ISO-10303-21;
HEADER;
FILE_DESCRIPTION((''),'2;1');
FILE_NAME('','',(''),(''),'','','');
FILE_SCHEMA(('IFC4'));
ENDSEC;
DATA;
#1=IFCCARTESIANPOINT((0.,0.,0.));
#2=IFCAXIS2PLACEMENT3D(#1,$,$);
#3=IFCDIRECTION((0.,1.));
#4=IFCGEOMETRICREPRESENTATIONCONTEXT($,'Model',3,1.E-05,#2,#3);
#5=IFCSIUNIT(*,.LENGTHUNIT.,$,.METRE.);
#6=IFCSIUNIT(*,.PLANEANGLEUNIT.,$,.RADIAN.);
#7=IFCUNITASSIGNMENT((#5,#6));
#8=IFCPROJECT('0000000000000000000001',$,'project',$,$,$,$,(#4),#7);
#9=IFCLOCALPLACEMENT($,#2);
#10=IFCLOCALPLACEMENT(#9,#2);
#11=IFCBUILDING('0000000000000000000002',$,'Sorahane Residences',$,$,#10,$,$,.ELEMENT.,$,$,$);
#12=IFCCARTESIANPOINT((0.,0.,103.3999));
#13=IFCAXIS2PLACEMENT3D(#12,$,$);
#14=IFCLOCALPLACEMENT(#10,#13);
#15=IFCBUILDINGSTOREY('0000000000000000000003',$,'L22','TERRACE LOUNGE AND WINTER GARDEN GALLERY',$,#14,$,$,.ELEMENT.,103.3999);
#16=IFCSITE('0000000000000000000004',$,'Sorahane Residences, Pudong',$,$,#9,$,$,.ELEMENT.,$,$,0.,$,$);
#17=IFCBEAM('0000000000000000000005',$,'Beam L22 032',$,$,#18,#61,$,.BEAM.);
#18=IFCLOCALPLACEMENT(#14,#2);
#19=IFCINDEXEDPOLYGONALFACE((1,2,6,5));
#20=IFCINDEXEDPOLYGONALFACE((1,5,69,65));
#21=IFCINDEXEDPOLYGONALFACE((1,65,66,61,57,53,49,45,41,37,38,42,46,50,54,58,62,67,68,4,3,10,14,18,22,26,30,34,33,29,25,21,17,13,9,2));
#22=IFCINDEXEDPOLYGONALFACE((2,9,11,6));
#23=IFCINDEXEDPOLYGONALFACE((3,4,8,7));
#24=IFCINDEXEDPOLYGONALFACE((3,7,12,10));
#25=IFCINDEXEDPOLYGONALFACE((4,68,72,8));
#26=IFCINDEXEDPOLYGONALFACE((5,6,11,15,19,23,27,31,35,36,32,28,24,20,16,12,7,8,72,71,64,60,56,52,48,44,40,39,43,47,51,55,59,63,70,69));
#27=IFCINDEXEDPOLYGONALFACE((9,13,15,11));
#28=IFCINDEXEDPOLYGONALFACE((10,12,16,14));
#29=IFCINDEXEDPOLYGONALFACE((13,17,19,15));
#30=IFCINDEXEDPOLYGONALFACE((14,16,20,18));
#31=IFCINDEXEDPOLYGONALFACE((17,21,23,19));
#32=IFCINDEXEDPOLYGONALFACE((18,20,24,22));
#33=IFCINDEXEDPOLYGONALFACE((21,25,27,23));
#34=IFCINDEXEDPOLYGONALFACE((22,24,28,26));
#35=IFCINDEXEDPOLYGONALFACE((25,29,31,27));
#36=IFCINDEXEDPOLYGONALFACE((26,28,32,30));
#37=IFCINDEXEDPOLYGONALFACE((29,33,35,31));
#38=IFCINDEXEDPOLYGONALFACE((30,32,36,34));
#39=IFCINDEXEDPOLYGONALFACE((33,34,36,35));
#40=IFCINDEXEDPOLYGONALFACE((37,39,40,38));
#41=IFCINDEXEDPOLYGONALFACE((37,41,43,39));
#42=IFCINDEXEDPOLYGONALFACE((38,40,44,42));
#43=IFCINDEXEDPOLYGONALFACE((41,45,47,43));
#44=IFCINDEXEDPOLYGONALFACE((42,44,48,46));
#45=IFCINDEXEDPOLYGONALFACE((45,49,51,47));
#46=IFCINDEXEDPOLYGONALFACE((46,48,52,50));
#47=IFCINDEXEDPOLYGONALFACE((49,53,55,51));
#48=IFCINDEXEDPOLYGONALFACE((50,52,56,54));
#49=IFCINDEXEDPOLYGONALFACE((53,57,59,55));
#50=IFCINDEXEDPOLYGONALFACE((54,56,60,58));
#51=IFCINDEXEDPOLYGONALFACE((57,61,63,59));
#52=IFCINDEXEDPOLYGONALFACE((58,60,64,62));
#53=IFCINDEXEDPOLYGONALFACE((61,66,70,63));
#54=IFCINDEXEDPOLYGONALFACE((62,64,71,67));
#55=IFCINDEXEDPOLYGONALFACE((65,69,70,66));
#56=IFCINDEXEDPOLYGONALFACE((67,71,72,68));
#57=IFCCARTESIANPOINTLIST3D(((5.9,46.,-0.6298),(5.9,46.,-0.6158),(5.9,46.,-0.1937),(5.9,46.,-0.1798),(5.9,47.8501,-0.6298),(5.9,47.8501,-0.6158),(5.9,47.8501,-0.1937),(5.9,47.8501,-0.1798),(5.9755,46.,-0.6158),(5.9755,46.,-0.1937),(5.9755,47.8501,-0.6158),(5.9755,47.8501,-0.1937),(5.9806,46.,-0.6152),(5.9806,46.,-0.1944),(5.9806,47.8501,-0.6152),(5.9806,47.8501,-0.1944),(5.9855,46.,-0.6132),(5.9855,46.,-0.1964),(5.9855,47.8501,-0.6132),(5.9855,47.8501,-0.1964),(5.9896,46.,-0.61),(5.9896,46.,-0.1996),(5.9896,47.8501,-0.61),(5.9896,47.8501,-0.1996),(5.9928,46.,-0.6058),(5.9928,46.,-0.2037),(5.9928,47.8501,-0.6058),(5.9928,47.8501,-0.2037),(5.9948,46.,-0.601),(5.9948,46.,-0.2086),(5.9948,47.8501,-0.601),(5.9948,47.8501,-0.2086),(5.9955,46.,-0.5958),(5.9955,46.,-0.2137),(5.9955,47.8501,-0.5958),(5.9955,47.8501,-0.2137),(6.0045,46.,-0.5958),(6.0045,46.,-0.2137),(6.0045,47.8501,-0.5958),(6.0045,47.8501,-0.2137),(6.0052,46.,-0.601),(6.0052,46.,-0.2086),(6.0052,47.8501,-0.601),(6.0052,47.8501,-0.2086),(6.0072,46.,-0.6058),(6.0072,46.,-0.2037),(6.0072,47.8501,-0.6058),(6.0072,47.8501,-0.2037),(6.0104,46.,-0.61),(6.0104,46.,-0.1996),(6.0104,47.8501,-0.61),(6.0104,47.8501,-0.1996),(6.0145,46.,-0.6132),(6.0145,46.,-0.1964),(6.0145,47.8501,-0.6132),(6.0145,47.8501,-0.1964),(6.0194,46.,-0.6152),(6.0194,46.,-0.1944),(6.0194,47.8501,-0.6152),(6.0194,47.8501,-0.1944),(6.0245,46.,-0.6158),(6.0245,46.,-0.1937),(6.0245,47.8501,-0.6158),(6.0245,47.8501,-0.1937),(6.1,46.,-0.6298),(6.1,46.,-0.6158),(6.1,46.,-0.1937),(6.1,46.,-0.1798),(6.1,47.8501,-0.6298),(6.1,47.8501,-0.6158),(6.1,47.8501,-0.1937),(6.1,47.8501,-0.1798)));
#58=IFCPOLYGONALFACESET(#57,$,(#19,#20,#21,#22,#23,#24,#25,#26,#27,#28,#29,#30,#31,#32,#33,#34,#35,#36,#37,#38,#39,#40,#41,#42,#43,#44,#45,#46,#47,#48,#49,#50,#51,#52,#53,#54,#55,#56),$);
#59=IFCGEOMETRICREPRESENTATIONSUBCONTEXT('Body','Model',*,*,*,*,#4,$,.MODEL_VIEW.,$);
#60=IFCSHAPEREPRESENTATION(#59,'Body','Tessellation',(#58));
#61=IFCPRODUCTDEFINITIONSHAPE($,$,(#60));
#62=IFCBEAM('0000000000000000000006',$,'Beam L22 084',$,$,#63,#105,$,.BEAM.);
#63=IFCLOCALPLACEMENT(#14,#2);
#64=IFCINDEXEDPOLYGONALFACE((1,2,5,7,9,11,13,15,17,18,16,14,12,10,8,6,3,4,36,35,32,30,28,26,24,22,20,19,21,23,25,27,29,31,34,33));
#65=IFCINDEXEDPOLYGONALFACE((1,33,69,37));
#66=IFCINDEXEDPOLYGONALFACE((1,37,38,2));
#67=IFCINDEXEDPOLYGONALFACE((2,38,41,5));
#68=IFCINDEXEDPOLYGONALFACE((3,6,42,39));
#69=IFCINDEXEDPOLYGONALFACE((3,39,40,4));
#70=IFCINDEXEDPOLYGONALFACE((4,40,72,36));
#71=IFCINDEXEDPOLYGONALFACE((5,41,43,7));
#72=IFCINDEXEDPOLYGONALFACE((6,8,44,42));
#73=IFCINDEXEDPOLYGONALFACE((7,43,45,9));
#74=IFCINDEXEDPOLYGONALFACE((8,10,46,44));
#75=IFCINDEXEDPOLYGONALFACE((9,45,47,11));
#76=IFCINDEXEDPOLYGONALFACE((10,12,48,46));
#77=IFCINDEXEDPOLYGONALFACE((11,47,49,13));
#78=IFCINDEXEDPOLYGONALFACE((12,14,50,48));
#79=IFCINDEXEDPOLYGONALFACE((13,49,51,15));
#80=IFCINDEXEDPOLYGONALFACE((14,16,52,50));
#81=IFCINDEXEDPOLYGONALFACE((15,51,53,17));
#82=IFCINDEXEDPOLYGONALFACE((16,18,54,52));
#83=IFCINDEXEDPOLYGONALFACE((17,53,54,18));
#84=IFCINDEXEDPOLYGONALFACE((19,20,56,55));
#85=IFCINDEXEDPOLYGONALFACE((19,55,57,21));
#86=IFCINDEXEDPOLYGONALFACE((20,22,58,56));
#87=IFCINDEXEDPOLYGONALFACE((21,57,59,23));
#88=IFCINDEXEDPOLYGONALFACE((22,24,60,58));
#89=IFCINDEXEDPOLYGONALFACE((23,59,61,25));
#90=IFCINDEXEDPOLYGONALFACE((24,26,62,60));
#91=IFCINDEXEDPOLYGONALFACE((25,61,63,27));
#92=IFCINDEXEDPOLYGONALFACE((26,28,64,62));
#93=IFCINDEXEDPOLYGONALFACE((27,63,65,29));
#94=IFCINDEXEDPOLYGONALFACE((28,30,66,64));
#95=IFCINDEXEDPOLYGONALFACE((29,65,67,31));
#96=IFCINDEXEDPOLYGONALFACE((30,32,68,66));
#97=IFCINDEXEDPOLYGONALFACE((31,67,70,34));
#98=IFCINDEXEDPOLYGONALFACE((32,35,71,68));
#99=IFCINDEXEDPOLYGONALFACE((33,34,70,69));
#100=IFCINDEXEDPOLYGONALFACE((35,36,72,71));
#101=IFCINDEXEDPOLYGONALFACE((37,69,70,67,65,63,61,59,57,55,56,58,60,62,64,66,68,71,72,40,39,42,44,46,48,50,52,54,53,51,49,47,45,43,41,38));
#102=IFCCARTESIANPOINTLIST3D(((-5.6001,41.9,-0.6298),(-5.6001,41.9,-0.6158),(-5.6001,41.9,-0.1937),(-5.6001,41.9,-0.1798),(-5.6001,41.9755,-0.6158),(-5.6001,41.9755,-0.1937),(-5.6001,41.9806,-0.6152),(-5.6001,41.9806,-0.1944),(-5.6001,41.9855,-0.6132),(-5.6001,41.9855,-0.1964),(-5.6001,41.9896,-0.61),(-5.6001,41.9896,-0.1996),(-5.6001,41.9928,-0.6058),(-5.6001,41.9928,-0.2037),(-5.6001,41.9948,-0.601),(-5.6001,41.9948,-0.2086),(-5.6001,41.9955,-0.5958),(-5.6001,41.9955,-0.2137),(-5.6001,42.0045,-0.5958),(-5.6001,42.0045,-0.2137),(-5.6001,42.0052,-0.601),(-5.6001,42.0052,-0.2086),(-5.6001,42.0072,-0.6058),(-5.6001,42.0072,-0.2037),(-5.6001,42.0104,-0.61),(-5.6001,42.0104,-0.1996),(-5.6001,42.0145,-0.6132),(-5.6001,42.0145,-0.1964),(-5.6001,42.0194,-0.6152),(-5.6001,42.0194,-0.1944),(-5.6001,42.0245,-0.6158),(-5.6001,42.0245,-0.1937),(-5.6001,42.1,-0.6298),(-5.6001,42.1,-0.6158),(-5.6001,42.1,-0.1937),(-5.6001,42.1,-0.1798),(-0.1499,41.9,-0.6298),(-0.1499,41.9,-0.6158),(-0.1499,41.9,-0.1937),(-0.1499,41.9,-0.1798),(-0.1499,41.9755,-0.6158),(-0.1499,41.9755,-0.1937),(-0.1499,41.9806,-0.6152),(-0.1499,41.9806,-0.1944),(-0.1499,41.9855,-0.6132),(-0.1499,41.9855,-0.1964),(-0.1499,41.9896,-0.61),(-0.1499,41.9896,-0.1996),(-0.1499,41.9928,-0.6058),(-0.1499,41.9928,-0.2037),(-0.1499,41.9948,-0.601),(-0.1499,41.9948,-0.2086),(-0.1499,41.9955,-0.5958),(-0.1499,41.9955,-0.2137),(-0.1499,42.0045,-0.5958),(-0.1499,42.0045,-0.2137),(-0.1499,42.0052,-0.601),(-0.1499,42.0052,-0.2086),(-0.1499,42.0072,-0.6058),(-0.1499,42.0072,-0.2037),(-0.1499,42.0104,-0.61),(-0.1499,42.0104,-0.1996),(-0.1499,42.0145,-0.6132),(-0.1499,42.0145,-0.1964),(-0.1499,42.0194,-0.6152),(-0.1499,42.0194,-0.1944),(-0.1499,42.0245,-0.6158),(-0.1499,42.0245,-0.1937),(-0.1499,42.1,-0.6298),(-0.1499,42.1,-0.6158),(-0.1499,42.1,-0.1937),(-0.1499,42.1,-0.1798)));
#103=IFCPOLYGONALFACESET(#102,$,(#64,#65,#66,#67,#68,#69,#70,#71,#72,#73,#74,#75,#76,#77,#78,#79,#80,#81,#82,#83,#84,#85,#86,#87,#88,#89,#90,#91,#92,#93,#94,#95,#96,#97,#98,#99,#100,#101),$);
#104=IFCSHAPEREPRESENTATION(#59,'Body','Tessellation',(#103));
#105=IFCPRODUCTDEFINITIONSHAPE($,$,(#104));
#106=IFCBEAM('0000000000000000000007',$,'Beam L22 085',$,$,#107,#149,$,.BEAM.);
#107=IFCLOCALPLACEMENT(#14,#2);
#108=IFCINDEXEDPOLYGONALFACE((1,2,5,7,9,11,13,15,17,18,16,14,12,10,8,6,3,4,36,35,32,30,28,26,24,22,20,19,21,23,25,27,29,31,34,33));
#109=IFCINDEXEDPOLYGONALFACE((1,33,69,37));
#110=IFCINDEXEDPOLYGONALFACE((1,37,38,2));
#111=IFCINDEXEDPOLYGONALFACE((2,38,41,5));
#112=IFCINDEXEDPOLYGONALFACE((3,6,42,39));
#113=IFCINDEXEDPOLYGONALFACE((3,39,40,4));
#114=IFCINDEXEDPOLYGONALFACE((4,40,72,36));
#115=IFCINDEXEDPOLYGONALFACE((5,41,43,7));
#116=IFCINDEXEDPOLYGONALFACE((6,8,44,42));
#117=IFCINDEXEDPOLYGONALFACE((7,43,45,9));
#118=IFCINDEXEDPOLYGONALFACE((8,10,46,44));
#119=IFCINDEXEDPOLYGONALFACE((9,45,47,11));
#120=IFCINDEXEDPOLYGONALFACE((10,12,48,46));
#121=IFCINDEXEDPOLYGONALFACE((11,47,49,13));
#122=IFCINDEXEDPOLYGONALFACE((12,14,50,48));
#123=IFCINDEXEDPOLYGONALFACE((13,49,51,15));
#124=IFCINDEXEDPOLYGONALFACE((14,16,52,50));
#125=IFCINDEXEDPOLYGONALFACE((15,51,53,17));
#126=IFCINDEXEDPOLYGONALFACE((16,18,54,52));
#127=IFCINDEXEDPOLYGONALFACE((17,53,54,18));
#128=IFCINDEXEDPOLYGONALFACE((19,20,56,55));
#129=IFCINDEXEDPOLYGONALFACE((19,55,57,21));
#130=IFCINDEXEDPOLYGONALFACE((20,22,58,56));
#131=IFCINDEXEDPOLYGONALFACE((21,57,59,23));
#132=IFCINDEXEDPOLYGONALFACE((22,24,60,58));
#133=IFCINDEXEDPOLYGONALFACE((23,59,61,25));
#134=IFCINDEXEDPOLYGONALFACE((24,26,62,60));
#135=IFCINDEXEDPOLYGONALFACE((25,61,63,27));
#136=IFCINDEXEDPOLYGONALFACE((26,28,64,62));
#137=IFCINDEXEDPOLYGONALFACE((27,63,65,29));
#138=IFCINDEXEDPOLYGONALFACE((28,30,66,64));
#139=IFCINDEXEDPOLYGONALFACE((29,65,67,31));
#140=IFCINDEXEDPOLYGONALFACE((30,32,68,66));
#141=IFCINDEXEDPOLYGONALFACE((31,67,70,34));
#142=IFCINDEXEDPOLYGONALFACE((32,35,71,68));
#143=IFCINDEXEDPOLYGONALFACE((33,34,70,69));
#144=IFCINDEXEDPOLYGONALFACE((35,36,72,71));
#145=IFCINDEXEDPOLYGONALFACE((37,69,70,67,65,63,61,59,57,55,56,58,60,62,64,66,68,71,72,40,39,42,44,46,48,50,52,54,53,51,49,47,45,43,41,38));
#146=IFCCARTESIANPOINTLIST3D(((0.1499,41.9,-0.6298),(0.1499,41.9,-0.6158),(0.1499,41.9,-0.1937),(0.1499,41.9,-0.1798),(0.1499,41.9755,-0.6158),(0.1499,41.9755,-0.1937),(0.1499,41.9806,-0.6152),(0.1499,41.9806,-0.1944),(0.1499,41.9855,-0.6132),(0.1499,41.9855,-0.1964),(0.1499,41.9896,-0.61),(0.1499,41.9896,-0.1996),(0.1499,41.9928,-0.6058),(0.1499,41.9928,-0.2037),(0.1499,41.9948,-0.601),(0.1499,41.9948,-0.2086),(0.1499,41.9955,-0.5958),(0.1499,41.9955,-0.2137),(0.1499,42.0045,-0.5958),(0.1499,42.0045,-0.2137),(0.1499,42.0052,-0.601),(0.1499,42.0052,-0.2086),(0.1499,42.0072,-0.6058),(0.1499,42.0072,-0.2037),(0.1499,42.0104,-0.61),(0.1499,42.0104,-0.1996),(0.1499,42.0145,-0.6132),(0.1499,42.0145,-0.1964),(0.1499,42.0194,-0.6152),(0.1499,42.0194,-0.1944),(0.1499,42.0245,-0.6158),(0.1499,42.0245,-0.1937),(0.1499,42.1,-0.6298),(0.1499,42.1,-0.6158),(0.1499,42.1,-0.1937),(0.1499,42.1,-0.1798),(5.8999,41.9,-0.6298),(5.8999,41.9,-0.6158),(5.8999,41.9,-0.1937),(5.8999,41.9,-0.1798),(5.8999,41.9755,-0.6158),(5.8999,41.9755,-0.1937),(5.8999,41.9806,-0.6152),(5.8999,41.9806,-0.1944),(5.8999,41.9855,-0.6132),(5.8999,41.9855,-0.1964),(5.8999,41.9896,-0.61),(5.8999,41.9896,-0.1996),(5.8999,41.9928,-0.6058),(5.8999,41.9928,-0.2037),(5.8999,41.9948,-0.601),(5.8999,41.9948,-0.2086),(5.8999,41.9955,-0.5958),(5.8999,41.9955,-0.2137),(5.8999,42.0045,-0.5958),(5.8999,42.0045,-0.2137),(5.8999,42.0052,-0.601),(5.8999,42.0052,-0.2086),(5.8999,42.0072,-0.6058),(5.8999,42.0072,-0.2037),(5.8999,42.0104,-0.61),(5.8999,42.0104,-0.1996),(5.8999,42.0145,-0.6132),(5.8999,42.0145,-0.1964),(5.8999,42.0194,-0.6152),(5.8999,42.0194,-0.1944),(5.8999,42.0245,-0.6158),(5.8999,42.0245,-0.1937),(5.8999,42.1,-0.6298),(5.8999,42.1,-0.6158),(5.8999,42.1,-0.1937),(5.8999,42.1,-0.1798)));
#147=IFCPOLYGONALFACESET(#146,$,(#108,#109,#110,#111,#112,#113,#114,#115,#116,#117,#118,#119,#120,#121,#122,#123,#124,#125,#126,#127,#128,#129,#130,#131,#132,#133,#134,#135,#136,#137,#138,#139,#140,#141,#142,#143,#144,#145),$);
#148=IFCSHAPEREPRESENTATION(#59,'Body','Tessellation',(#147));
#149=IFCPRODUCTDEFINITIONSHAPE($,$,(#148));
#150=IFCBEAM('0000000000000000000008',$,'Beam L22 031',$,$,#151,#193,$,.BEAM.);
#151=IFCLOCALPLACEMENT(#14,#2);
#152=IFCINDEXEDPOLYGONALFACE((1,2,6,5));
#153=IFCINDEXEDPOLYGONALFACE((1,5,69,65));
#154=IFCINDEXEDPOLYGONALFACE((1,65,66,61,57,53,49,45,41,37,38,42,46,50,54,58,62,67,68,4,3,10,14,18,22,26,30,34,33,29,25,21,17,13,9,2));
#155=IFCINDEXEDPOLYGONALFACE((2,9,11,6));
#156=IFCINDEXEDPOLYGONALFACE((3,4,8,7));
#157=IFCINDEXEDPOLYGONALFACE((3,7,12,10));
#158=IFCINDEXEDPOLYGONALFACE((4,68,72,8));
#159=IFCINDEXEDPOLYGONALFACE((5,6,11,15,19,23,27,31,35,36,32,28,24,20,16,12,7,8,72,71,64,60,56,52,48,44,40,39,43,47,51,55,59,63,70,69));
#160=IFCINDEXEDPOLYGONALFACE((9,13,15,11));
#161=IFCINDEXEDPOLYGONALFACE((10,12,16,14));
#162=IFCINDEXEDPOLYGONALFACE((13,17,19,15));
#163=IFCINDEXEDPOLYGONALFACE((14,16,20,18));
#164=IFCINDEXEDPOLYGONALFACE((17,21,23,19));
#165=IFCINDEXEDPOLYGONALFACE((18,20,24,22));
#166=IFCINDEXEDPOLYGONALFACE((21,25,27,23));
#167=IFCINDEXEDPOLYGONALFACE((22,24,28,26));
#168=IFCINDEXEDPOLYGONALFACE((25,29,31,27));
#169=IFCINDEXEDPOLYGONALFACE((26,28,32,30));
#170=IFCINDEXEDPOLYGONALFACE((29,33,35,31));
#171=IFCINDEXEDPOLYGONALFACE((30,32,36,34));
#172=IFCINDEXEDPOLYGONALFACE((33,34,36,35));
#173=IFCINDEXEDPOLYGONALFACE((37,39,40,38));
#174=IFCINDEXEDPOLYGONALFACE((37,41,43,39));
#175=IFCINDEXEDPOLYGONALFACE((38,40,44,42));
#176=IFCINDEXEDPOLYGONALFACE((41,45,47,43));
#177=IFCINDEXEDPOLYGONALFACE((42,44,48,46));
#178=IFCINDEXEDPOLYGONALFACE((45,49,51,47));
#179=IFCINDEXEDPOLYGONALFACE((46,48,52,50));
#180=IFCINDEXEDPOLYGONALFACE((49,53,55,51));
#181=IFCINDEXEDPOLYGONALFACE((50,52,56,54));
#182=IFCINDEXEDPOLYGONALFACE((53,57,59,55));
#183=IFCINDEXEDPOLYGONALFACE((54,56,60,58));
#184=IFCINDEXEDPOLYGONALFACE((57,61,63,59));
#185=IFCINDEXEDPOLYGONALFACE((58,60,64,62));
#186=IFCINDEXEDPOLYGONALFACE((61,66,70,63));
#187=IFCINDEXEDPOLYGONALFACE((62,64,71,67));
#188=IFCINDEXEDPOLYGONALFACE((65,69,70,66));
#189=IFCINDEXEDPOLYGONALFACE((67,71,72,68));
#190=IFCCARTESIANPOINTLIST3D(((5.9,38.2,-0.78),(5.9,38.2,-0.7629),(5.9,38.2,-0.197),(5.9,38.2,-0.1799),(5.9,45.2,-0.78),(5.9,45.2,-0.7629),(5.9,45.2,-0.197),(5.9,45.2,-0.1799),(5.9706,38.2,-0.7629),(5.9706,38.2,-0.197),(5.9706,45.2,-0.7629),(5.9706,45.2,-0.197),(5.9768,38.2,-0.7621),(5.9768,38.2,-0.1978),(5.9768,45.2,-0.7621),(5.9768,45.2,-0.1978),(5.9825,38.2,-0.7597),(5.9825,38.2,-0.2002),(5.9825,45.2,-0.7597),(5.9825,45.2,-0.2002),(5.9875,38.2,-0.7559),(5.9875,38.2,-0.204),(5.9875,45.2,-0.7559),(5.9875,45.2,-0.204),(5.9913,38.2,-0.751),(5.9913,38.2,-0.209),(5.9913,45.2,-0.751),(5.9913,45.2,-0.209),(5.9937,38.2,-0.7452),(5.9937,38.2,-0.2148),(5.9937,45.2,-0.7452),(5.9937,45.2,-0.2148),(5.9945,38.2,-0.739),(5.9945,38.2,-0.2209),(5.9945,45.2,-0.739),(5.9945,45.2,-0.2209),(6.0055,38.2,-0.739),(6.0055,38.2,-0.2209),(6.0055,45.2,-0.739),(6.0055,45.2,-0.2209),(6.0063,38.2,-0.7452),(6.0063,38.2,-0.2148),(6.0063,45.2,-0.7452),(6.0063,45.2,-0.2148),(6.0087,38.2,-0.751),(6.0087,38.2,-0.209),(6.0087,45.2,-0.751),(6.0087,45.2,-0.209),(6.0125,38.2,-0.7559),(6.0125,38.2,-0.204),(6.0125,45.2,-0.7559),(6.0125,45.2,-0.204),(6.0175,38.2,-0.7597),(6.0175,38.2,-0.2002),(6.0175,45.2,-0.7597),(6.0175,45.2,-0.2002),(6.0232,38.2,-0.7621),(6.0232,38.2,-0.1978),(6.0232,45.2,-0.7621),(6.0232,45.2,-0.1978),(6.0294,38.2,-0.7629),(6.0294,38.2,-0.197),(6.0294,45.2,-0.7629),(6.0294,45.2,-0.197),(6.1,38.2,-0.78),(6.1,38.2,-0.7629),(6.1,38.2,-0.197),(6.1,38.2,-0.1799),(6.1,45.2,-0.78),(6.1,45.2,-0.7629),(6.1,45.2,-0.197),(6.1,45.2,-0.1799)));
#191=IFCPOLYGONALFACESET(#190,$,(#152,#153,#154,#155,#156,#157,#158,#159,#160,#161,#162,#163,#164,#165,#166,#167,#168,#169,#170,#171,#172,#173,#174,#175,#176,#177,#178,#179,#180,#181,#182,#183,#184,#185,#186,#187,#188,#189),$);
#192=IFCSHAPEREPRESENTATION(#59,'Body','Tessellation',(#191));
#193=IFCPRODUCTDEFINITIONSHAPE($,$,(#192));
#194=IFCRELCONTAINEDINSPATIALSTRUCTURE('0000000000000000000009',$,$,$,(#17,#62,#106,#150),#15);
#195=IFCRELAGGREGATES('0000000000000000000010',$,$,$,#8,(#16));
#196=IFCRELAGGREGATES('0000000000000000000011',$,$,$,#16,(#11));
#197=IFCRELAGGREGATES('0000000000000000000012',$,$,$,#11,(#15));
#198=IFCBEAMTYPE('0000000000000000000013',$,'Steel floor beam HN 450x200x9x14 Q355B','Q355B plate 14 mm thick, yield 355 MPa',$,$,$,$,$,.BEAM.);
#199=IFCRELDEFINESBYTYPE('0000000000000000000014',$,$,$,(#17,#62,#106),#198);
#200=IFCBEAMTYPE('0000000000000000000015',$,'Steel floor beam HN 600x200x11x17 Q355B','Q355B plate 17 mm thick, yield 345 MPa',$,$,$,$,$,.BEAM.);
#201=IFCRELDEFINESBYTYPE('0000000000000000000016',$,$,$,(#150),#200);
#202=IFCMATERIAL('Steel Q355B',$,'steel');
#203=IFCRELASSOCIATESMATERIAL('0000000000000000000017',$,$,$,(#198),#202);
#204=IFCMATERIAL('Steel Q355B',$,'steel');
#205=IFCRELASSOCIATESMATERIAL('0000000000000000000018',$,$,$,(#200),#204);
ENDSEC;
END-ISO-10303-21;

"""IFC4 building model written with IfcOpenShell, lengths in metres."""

from ifc_helpers import new_model, si_unit, direction, frame, origin, origin_2d, place, context, subcontext, project, spatial, i_section, extrude, material, material_profile, profile_set, type_object, element, save


model = new_model("IFC4")

# Units and contexts
model_context = context("Model", 3, precision=1e-05, world=origin(), true_north=direction((0.0, 1.0)))
body_context = subcontext(model_context, "Body", "Model", "MODEL_VIEW")
ifc_project = project(units=[si_unit("LENGTHUNIT", "METRE"), si_unit("PLANEANGLEUNIT", "RADIAN")], contexts=[model_context])

# Site, building, storey
site_placement = place(None, origin())
site = spatial("IfcSite", under=ifc_project, at=site_placement, Name="Sorahane Residences, Pudong", CompositionType="ELEMENT", RefElevation=0.0)
building_placement = place(site_placement, origin())
building = spatial("IfcBuilding", under=site, at=building_placement, Name="Sorahane Residences", CompositionType="ELEMENT")
storey_placement = place(building_placement, frame((0.0, 0.0, 103.3999)))
storey = spatial("IfcBuildingStorey", under=building, at=storey_placement, Name="L22", Description="TERRACE LOUNGE AND WINTER GARDEN GALLERY", CompositionType="ELEMENT", Elevation=103.3999)

# Beams
ifc_material_1 = material(Name="Steel Q355B", Category="steel")
ifc_material_profile_1 = material_profile(ifc_material_1, i_section(OverallWidth=0.2, OverallDepth=0.45, WebThickness=0.009, FlangeThickness=0.0139, FilletRadius=0.02, at=origin_2d()), Name="HN 450x200x9x14")
ifc_profile_set_1 = profile_set([ifc_material_profile_1], Name="Steel Q355B")
beam_type_1 = type_object("IfcBeamType", Name="Steel floor beam HN 450x200x9x14 Q355B", Description="Q355B plate 14 mm thick, yield 355 MPa", PredefinedType="BEAM", material=ifc_profile_set_1)
beam_1_placement = place(storey_placement, frame((6.0, 46.0, -0.4048), z_axis=(0.0, 1.0, 0.0), x_axis=(-1.0, 0.0, 0.0)))
element("IfcBeam", 1, at=beam_1_placement, inside=storey, type_object=beam_type_1, Name="Beam L22 032", PredefinedType="BEAM", context=body_context, shape_type="SweptSolid", body=[
    extrude(i_section(OverallWidth=0.2, OverallDepth=0.45, WebThickness=0.009, FlangeThickness=0.0139, FilletRadius=0.02, at=origin_2d()), origin(), (0.0, 0.0, 1.0), 1.8501),
])
beam_2_placement = place(storey_placement, frame((-5.6001, 42.0, -0.4048), z_axis=(1.0, 0.0, 0.0), x_axis=(0.0, 1.0, 0.0)))
element("IfcBeam", 2, at=beam_2_placement, inside=storey, type_object=beam_type_1, Name="Beam L22 084", PredefinedType="BEAM", context=body_context, shape_type="SweptSolid", body=[
    extrude(i_section(OverallWidth=0.2, OverallDepth=0.45, WebThickness=0.009, FlangeThickness=0.0139, FilletRadius=0.02, at=origin_2d()), origin(), (0.0, 0.0, 1.0), 5.4502),
])
beam_3_placement = place(storey_placement, frame((0.1499, 42.0, -0.4048), z_axis=(1.0, 0.0, 0.0), x_axis=(0.0, 1.0, 0.0)))
element("IfcBeam", 3, at=beam_3_placement, inside=storey, type_object=beam_type_1, Name="Beam L22 085", PredefinedType="BEAM", context=body_context, shape_type="SweptSolid", body=[
    extrude(i_section(OverallWidth=0.2, OverallDepth=0.45, WebThickness=0.009, FlangeThickness=0.0139, FilletRadius=0.02, at=origin_2d()), origin(), (0.0, 0.0, 1.0), 5.75),
])
ifc_material_2 = material(Name="Steel Q355B", Category="steel")
ifc_material_profile_2 = material_profile(ifc_material_2, i_section(OverallWidth=0.2, OverallDepth=0.6001, WebThickness=0.011, FlangeThickness=0.0171, FilletRadius=0.0239, at=origin_2d()), Name="HN 600x200x11x17")
ifc_profile_set_2 = profile_set([ifc_material_profile_2], Name="Steel Q355B")
beam_type_2 = type_object("IfcBeamType", Name="Steel floor beam HN 600x200x11x17 Q355B", Description="Q355B plate 17 mm thick, yield 345 MPa", PredefinedType="BEAM", material=ifc_profile_set_2)
beam_4_placement = place(storey_placement, frame((6.0, 38.2, -0.48), z_axis=(0.0, 1.0, 0.0), x_axis=(-1.0, 0.0, 0.0)))
element("IfcBeam", 4, at=beam_4_placement, inside=storey, type_object=beam_type_2, Name="Beam L22 031", PredefinedType="BEAM", context=body_context, shape_type="SweptSolid", body=[
    extrude(i_section(OverallWidth=0.2, OverallDepth=0.6001, WebThickness=0.011, FlangeThickness=0.0171, FilletRadius=0.0239, at=origin_2d()), origin(), (0.0, 0.0, 1.0), 7.0),
])

save(model, "model.ifc")
